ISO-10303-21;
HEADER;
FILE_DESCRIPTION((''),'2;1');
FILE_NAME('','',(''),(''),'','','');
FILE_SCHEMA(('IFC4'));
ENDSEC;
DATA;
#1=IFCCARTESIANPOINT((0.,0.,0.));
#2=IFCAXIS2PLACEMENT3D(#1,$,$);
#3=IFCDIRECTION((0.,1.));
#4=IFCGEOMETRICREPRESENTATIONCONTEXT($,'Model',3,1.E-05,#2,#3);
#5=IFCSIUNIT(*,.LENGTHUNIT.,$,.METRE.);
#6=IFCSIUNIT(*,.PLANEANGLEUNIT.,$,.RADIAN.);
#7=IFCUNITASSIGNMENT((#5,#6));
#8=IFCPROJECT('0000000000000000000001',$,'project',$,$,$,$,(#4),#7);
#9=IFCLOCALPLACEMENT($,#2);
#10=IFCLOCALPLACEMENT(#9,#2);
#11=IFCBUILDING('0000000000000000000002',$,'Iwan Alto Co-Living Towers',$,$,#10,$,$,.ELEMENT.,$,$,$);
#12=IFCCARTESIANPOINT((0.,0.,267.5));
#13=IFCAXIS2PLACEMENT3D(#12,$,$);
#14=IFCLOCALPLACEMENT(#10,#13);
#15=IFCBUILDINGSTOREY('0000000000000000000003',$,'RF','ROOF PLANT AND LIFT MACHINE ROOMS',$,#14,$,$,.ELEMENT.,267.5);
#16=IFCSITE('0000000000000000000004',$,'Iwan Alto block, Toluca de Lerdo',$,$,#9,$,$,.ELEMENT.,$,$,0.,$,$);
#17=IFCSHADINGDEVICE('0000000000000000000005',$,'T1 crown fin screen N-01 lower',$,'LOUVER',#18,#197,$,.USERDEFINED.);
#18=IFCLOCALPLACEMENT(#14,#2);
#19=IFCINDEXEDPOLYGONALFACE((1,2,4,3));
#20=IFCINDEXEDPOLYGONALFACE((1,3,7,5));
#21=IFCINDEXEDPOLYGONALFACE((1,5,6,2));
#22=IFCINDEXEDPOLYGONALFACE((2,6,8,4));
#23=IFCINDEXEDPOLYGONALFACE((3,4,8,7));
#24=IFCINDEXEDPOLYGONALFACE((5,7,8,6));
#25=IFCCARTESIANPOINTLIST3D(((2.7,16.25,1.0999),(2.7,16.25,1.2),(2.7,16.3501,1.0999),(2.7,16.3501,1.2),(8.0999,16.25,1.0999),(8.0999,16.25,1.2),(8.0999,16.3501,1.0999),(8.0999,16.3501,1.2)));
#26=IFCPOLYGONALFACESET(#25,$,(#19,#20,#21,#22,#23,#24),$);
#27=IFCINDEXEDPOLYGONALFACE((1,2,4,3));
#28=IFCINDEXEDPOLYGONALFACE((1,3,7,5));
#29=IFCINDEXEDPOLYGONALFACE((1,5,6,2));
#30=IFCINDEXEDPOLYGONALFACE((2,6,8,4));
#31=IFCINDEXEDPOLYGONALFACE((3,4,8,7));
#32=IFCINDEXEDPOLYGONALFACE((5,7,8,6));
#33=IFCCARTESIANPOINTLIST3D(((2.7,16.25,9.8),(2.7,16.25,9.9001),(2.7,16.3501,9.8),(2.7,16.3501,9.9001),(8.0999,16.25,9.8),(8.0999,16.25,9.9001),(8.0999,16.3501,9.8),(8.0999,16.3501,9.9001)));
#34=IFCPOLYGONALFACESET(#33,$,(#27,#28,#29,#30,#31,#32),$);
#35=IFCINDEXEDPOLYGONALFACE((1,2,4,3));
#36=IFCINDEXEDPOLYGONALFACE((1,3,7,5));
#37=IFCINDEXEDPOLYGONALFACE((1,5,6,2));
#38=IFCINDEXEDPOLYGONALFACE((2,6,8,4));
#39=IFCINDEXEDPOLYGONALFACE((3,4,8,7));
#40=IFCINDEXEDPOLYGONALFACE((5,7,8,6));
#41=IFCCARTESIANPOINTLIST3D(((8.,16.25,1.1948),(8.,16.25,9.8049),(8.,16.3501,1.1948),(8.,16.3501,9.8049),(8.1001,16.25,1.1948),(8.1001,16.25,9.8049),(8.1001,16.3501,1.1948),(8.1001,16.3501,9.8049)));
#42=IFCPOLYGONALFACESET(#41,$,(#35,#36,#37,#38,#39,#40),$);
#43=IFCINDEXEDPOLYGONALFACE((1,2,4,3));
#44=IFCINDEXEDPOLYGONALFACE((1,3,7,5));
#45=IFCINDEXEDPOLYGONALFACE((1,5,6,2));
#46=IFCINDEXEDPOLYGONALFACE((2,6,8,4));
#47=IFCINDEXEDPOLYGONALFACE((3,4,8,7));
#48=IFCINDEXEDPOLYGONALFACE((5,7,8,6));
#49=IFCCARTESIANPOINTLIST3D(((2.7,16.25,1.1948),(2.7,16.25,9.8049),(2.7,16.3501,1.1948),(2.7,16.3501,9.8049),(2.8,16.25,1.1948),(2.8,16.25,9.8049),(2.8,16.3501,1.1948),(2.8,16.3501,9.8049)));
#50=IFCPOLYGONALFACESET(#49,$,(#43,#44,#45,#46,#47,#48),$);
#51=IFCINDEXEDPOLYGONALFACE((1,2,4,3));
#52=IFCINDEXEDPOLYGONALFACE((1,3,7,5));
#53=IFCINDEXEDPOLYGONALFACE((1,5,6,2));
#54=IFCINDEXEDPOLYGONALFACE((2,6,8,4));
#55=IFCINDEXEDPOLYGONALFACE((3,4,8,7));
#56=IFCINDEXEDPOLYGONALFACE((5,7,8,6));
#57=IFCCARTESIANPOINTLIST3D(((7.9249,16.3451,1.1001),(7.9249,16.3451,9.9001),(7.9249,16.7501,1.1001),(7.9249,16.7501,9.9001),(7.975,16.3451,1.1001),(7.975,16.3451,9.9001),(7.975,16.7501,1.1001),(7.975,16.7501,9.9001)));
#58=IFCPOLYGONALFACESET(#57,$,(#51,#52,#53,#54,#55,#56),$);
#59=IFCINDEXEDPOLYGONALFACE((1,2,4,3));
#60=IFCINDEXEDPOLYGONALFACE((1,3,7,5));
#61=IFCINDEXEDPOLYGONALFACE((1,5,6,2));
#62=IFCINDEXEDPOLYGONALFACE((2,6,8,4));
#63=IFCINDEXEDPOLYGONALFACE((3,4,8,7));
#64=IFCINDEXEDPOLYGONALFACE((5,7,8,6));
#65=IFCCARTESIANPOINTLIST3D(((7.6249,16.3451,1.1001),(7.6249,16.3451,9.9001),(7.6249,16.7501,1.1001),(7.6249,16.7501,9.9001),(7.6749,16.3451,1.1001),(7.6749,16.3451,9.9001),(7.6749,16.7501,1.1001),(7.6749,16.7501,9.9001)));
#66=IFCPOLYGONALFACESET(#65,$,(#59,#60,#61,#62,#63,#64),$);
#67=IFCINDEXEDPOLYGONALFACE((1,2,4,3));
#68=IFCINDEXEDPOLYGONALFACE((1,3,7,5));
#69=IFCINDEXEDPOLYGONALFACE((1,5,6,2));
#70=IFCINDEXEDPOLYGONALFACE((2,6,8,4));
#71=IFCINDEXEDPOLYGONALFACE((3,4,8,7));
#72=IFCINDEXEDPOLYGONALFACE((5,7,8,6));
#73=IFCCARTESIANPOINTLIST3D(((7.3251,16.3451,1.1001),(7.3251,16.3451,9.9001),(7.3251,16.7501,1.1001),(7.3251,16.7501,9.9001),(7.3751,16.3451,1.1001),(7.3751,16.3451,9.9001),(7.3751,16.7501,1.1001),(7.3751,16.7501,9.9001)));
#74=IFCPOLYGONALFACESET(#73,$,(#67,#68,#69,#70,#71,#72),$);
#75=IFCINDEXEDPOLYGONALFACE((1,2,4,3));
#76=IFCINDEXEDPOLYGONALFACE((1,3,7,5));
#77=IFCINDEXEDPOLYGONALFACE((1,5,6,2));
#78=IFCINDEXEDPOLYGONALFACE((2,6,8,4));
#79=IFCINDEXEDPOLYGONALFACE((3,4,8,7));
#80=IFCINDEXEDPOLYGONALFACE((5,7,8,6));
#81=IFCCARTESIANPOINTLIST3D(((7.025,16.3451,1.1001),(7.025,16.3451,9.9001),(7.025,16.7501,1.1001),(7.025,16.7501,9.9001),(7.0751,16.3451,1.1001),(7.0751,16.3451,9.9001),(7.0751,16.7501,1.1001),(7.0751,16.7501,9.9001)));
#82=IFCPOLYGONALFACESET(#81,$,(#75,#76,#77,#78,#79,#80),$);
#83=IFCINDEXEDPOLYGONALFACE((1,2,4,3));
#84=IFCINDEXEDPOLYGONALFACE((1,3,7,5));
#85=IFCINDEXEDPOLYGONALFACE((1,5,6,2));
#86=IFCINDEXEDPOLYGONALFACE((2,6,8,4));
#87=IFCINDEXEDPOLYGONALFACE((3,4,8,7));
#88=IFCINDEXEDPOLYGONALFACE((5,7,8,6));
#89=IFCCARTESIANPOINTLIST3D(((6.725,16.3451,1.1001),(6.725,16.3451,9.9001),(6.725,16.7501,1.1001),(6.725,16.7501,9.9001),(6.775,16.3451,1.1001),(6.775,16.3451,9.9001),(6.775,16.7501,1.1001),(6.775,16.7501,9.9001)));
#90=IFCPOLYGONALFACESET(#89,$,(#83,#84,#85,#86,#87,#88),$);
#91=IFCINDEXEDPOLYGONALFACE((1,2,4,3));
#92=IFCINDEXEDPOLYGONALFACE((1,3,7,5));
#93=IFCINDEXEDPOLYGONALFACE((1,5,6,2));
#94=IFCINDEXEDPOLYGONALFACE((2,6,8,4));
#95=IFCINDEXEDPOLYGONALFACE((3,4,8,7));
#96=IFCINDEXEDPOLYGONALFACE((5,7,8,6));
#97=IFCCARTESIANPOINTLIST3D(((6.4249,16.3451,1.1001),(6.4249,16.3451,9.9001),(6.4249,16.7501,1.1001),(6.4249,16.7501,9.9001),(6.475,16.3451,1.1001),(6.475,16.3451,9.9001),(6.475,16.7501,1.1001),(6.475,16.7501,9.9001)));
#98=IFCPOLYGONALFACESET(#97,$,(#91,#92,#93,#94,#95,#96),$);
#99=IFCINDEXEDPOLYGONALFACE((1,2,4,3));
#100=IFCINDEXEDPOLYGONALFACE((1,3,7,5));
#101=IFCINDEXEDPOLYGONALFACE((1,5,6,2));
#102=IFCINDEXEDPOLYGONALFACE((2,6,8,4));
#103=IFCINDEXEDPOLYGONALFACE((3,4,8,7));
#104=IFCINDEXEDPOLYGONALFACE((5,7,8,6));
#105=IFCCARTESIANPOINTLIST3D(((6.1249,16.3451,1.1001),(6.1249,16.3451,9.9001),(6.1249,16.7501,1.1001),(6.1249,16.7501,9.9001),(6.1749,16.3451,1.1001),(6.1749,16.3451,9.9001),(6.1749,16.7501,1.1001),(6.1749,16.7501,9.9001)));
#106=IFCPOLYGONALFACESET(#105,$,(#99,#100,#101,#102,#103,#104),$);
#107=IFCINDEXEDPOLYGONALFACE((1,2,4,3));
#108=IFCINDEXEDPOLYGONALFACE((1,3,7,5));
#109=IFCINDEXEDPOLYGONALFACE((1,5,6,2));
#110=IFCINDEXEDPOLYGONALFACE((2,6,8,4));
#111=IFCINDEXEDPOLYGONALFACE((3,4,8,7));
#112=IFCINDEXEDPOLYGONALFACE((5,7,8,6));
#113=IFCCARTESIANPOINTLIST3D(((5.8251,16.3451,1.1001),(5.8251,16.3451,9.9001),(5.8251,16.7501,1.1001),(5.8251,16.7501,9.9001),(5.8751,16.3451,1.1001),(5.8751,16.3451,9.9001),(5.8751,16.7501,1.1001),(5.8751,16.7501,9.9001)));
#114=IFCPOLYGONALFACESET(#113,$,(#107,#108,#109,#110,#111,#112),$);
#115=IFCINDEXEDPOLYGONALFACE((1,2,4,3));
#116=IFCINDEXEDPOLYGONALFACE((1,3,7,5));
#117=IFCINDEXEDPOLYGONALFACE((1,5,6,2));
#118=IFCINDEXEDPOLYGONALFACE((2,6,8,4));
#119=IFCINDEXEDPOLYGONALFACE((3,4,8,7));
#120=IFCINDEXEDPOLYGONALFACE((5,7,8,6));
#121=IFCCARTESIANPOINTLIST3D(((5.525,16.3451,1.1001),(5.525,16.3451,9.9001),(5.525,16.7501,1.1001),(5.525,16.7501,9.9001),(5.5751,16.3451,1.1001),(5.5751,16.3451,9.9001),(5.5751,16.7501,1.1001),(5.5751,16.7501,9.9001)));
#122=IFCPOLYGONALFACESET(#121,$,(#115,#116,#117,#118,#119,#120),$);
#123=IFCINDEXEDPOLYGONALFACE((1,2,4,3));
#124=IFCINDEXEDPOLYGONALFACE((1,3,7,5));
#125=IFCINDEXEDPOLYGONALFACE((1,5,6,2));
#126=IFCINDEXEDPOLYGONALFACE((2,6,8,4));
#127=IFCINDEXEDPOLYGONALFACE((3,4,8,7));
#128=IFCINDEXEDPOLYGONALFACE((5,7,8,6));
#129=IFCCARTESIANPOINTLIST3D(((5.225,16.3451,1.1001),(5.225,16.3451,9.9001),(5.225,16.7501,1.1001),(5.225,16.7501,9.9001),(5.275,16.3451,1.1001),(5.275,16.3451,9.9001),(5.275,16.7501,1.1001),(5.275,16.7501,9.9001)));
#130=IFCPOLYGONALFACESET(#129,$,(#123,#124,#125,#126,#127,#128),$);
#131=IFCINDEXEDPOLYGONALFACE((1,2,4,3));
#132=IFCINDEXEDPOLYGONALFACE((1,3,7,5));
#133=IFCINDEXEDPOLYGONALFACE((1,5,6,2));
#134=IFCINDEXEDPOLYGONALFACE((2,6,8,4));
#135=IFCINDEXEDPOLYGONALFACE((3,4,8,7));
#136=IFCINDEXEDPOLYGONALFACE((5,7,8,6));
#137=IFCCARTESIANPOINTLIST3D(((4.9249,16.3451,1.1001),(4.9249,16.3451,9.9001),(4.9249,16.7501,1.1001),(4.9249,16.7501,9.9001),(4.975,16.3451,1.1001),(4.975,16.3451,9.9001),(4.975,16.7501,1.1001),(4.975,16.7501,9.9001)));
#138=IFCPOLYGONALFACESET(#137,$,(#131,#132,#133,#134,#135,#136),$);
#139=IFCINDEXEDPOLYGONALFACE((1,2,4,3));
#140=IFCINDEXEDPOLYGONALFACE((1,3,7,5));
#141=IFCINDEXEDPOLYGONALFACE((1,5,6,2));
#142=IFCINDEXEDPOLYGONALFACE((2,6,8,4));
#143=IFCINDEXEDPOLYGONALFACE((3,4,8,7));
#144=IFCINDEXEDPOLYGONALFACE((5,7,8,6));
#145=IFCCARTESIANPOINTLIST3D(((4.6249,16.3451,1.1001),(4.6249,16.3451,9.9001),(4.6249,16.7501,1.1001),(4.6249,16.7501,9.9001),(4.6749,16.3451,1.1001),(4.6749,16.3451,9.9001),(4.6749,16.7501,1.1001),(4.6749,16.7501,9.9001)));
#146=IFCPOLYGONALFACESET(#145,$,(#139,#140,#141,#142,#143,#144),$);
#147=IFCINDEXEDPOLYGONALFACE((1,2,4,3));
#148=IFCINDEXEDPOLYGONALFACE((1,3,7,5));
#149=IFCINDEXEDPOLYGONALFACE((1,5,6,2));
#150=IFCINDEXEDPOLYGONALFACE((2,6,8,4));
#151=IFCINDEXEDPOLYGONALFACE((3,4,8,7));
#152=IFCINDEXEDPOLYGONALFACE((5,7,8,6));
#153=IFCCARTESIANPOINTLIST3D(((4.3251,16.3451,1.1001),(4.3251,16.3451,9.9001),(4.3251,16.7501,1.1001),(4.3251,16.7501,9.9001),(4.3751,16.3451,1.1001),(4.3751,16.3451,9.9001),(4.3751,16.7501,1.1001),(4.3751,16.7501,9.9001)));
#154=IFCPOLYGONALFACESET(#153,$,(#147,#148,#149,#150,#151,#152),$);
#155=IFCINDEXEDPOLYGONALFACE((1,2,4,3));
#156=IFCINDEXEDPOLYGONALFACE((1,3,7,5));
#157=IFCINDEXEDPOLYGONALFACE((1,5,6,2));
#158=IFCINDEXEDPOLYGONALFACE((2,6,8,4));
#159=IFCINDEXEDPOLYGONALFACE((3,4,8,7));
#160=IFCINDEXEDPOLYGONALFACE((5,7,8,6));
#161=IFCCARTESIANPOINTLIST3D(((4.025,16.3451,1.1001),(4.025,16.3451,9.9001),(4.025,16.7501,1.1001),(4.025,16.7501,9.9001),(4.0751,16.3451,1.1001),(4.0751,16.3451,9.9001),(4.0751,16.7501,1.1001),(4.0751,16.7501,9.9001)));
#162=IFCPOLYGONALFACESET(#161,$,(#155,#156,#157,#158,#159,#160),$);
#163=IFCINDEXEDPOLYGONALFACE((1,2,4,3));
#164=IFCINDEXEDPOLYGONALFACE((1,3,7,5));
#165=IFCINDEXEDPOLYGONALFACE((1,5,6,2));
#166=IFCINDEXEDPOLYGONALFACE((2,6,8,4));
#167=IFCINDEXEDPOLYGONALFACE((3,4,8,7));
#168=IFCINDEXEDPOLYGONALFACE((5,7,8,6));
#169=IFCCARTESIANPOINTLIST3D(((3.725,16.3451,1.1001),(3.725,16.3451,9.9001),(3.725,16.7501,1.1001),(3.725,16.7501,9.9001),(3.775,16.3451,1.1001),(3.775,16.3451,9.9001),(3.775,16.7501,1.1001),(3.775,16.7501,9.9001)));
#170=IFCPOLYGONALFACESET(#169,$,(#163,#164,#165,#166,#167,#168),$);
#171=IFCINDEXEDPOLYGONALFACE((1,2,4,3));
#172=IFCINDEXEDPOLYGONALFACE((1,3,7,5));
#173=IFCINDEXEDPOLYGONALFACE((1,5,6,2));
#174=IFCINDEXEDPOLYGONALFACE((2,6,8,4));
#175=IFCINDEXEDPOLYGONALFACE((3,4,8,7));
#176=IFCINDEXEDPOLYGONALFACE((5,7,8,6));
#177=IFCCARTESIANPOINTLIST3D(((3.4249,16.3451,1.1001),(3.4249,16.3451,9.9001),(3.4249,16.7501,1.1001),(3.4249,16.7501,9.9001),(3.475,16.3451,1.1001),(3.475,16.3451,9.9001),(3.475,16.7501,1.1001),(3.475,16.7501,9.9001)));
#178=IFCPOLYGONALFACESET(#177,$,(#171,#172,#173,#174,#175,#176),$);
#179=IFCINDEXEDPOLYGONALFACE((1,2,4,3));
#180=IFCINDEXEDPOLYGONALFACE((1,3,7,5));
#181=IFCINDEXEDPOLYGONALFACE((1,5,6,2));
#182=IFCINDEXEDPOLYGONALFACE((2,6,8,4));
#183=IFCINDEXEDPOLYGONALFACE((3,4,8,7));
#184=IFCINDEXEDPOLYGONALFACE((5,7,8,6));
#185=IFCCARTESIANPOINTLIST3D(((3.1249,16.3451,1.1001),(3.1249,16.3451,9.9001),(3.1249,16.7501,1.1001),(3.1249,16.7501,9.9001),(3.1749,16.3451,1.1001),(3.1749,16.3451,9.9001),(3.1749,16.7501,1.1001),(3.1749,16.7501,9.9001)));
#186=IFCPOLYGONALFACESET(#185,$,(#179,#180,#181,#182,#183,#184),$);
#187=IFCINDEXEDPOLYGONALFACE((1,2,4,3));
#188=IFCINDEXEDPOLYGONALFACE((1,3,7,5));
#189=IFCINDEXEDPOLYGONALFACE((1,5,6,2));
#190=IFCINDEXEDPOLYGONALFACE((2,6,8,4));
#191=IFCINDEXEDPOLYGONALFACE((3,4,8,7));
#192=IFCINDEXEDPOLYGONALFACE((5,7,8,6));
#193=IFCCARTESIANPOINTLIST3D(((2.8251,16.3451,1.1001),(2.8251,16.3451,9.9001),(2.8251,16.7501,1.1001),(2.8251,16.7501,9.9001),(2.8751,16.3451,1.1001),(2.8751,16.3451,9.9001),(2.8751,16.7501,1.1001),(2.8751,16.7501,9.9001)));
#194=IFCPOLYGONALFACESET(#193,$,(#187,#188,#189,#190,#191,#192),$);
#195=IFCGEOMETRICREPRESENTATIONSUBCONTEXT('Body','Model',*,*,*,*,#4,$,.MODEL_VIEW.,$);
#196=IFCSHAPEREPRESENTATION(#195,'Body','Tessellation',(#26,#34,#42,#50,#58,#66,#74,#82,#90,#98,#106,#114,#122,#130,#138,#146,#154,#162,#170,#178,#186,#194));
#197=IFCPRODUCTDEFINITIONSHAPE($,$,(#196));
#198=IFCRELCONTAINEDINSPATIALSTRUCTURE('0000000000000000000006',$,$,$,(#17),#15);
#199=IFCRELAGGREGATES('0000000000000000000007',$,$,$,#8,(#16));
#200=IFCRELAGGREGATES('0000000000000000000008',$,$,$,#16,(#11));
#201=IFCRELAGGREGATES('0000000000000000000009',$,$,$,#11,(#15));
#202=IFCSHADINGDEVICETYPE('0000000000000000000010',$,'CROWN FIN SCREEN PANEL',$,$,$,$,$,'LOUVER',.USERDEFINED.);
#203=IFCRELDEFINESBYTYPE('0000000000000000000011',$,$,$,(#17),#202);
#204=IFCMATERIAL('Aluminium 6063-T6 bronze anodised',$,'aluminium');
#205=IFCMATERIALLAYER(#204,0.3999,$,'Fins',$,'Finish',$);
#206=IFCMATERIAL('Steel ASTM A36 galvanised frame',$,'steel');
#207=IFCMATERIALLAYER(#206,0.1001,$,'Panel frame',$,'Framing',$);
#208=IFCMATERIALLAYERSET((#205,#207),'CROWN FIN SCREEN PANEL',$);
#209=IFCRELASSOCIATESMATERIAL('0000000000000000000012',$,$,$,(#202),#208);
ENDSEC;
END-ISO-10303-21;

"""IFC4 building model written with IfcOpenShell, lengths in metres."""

from ifc_helpers import new_model, si_unit, direction, frame, origin, origin_2d, place, context, subcontext, project, spatial, rectangle, extrude, material, layer, layer_set, type_object, element, save


model = new_model("IFC4")

# Units and contexts
model_context = context("Model", 3, precision=1e-05, world=origin(), true_north=direction((0.0, 1.0)))
body_context = subcontext(model_context, "Body", "Model", "MODEL_VIEW")
ifc_project = project(units=[si_unit("LENGTHUNIT", "METRE"), si_unit("PLANEANGLEUNIT", "RADIAN")], contexts=[model_context])

# Site, building, storey
site_placement = place(None, origin())
site = spatial("IfcSite", under=ifc_project, at=site_placement, Name="Iwan Alto block, Toluca de Lerdo", CompositionType="ELEMENT", RefElevation=0.0)
building_placement = place(site_placement, origin())
building = spatial("IfcBuilding", under=site, at=building_placement, Name="Iwan Alto Co-Living Towers", CompositionType="ELEMENT")
storey_placement = place(building_placement, frame((0.0, 0.0, 267.5)))
storey = spatial("IfcBuildingStorey", under=building, at=storey_placement, Name="RF", Description="ROOF PLANT AND LIFT MACHINE ROOMS", CompositionType="ELEMENT", Elevation=267.5)

# Shading device
ifc_material_1 = material(Name="Aluminium 6063-T6 bronze anodised", Category="aluminium")
ifc_layer_1 = layer(ifc_material_1, 0.3999, Name="Fins", Category="Finish")
ifc_material_2 = material(Name="Steel ASTM A36 galvanised frame", Category="steel")
ifc_layer_2 = layer(ifc_material_2, 0.1001, Name="Panel frame", Category="Framing")
ifc_layer_set = layer_set([ifc_layer_1, ifc_layer_2], Name="CROWN FIN SCREEN PANEL")
shading_device_type = type_object("IfcShadingDeviceType", Name="CROWN FIN SCREEN PANEL", ElementType="LOUVER", PredefinedType="USERDEFINED", material=ifc_layer_set)
shading_device_1_placement = place(storey_placement, frame((0.0, 0.0, -267.5)))
element("IfcShadingDevice", 1, at=shading_device_1_placement, inside=storey, type_object=shading_device_type, Name="T1 crown fin screen N-01 lower", ObjectType="LOUVER", PredefinedType="USERDEFINED", context=body_context, shape_type="SweptSolid", body=[
    extrude(rectangle(XDim=5.3999, YDim=0.1001, at=origin_2d()), frame((5.3999, 16.3, 268.5999), z_axis=(0.0, 0.0, 1.0), x_axis=(-1.0, 0.0, 0.0)), (0.0, 0.0, 1.0), 0.1001),
    extrude(rectangle(XDim=5.3999, YDim=0.1001, at=origin_2d()), frame((5.3999, 16.3, 277.3), z_axis=(0.0, 0.0, 1.0), x_axis=(-1.0, 0.0, 0.0)), (0.0, 0.0, 1.0), 0.1001),
    extrude(rectangle(XDim=0.1001, YDim=0.1001, at=origin_2d()), frame((8.05, 16.3, 268.6948), z_axis=(0.0, 0.0, 1.0), x_axis=(-1.0, 0.0, 0.0)), (0.0, 0.0, 1.0), 8.6101),
    extrude(rectangle(XDim=0.1001, YDim=0.1001, at=origin_2d()), frame((2.75, 16.3, 268.6948), z_axis=(0.0, 0.0, 1.0), x_axis=(-1.0, 0.0, 0.0)), (0.0, 0.0, 1.0), 8.6101),
    extrude(rectangle(XDim=0.05, YDim=0.405, at=origin_2d()), frame((7.95, 16.5476, 268.6001), z_axis=(0.0, 0.0, 1.0), x_axis=(-1.0, 0.0, 0.0)), (0.0, 0.0, 1.0), 8.8),
    extrude(rectangle(XDim=0.05, YDim=0.405, at=origin_2d()), frame((7.6499, 16.5476, 268.6001), z_axis=(0.0, 0.0, 1.0), x_axis=(-1.0, 0.0, 0.0)), (0.0, 0.0, 1.0), 8.8),
    extrude(rectangle(XDim=0.05, YDim=0.405, at=origin_2d()), frame((7.3501, 16.5476, 268.6001), z_axis=(0.0, 0.0, 1.0), x_axis=(-1.0, 0.0, 0.0)), (0.0, 0.0, 1.0), 8.8),
    extrude(rectangle(XDim=0.05, YDim=0.405, at=origin_2d()), frame((7.05, 16.5476, 268.6001), z_axis=(0.0, 0.0, 1.0), x_axis=(-1.0, 0.0, 0.0)), (0.0, 0.0, 1.0), 8.8),
    extrude(rectangle(XDim=0.05, YDim=0.405, at=origin_2d()), frame((6.75, 16.5476, 268.6001), z_axis=(0.0, 0.0, 1.0), x_axis=(-1.0, 0.0, 0.0)), (0.0, 0.0, 1.0), 8.8),
    extrude(rectangle(XDim=0.05, YDim=0.405, at=origin_2d()), frame((6.45, 16.5476, 268.6001), z_axis=(0.0, 0.0, 1.0), x_axis=(-1.0, 0.0, 0.0)), (0.0, 0.0, 1.0), 8.8),
    extrude(rectangle(XDim=0.05, YDim=0.405, at=origin_2d()), frame((6.1499, 16.5476, 268.6001), z_axis=(0.0, 0.0, 1.0), x_axis=(-1.0, 0.0, 0.0)), (0.0, 0.0, 1.0), 8.8),
    extrude(rectangle(XDim=0.05, YDim=0.405, at=origin_2d()), frame((5.8501, 16.5476, 268.6001), z_axis=(0.0, 0.0, 1.0), x_axis=(-1.0, 0.0, 0.0)), (0.0, 0.0, 1.0), 8.8),
    extrude(rectangle(XDim=0.05, YDim=0.405, at=origin_2d()), frame((5.55, 16.5476, 268.6001), z_axis=(0.0, 0.0, 1.0), x_axis=(-1.0, 0.0, 0.0)), (0.0, 0.0, 1.0), 8.8),
    extrude(rectangle(XDim=0.05, YDim=0.405, at=origin_2d()), frame((5.25, 16.5476, 268.6001), z_axis=(0.0, 0.0, 1.0), x_axis=(-1.0, 0.0, 0.0)), (0.0, 0.0, 1.0), 8.8),
    extrude(rectangle(XDim=0.05, YDim=0.405, at=origin_2d()), frame((4.95, 16.5476, 268.6001), z_axis=(0.0, 0.0, 1.0), x_axis=(-1.0, 0.0, 0.0)), (0.0, 0.0, 1.0), 8.8),
    extrude(rectangle(XDim=0.05, YDim=0.405, at=origin_2d()), frame((4.6499, 16.5476, 268.6001), z_axis=(0.0, 0.0, 1.0), x_axis=(-1.0, 0.0, 0.0)), (0.0, 0.0, 1.0), 8.8),
    extrude(rectangle(XDim=0.05, YDim=0.405, at=origin_2d()), frame((4.3501, 16.5476, 268.6001), z_axis=(0.0, 0.0, 1.0), x_axis=(-1.0, 0.0, 0.0)), (0.0, 0.0, 1.0), 8.8),
    extrude(rectangle(XDim=0.05, YDim=0.405, at=origin_2d()), frame((4.05, 16.5476, 268.6001), z_axis=(0.0, 0.0, 1.0), x_axis=(-1.0, 0.0, 0.0)), (0.0, 0.0, 1.0), 8.8),
    extrude(rectangle(XDim=0.05, YDim=0.405, at=origin_2d()), frame((3.75, 16.5476, 268.6001), z_axis=(0.0, 0.0, 1.0), x_axis=(-1.0, 0.0, 0.0)), (0.0, 0.0, 1.0), 8.8),
    extrude(rectangle(XDim=0.05, YDim=0.405, at=origin_2d()), frame((3.45, 16.5476, 268.6001), z_axis=(0.0, 0.0, 1.0), x_axis=(-1.0, 0.0, 0.0)), (0.0, 0.0, 1.0), 8.8),
    extrude(rectangle(XDim=0.05, YDim=0.405, at=origin_2d()), frame((3.1499, 16.5476, 268.6001), z_axis=(0.0, 0.0, 1.0), x_axis=(-1.0, 0.0, 0.0)), (0.0, 0.0, 1.0), 8.8),
    extrude(rectangle(XDim=0.05, YDim=0.405, at=origin_2d()), frame((2.8501, 16.5476, 268.6001), z_axis=(0.0, 0.0, 1.0), x_axis=(-1.0, 0.0, 0.0)), (0.0, 0.0, 1.0), 8.8),
])

save(model, "model.ifc")
